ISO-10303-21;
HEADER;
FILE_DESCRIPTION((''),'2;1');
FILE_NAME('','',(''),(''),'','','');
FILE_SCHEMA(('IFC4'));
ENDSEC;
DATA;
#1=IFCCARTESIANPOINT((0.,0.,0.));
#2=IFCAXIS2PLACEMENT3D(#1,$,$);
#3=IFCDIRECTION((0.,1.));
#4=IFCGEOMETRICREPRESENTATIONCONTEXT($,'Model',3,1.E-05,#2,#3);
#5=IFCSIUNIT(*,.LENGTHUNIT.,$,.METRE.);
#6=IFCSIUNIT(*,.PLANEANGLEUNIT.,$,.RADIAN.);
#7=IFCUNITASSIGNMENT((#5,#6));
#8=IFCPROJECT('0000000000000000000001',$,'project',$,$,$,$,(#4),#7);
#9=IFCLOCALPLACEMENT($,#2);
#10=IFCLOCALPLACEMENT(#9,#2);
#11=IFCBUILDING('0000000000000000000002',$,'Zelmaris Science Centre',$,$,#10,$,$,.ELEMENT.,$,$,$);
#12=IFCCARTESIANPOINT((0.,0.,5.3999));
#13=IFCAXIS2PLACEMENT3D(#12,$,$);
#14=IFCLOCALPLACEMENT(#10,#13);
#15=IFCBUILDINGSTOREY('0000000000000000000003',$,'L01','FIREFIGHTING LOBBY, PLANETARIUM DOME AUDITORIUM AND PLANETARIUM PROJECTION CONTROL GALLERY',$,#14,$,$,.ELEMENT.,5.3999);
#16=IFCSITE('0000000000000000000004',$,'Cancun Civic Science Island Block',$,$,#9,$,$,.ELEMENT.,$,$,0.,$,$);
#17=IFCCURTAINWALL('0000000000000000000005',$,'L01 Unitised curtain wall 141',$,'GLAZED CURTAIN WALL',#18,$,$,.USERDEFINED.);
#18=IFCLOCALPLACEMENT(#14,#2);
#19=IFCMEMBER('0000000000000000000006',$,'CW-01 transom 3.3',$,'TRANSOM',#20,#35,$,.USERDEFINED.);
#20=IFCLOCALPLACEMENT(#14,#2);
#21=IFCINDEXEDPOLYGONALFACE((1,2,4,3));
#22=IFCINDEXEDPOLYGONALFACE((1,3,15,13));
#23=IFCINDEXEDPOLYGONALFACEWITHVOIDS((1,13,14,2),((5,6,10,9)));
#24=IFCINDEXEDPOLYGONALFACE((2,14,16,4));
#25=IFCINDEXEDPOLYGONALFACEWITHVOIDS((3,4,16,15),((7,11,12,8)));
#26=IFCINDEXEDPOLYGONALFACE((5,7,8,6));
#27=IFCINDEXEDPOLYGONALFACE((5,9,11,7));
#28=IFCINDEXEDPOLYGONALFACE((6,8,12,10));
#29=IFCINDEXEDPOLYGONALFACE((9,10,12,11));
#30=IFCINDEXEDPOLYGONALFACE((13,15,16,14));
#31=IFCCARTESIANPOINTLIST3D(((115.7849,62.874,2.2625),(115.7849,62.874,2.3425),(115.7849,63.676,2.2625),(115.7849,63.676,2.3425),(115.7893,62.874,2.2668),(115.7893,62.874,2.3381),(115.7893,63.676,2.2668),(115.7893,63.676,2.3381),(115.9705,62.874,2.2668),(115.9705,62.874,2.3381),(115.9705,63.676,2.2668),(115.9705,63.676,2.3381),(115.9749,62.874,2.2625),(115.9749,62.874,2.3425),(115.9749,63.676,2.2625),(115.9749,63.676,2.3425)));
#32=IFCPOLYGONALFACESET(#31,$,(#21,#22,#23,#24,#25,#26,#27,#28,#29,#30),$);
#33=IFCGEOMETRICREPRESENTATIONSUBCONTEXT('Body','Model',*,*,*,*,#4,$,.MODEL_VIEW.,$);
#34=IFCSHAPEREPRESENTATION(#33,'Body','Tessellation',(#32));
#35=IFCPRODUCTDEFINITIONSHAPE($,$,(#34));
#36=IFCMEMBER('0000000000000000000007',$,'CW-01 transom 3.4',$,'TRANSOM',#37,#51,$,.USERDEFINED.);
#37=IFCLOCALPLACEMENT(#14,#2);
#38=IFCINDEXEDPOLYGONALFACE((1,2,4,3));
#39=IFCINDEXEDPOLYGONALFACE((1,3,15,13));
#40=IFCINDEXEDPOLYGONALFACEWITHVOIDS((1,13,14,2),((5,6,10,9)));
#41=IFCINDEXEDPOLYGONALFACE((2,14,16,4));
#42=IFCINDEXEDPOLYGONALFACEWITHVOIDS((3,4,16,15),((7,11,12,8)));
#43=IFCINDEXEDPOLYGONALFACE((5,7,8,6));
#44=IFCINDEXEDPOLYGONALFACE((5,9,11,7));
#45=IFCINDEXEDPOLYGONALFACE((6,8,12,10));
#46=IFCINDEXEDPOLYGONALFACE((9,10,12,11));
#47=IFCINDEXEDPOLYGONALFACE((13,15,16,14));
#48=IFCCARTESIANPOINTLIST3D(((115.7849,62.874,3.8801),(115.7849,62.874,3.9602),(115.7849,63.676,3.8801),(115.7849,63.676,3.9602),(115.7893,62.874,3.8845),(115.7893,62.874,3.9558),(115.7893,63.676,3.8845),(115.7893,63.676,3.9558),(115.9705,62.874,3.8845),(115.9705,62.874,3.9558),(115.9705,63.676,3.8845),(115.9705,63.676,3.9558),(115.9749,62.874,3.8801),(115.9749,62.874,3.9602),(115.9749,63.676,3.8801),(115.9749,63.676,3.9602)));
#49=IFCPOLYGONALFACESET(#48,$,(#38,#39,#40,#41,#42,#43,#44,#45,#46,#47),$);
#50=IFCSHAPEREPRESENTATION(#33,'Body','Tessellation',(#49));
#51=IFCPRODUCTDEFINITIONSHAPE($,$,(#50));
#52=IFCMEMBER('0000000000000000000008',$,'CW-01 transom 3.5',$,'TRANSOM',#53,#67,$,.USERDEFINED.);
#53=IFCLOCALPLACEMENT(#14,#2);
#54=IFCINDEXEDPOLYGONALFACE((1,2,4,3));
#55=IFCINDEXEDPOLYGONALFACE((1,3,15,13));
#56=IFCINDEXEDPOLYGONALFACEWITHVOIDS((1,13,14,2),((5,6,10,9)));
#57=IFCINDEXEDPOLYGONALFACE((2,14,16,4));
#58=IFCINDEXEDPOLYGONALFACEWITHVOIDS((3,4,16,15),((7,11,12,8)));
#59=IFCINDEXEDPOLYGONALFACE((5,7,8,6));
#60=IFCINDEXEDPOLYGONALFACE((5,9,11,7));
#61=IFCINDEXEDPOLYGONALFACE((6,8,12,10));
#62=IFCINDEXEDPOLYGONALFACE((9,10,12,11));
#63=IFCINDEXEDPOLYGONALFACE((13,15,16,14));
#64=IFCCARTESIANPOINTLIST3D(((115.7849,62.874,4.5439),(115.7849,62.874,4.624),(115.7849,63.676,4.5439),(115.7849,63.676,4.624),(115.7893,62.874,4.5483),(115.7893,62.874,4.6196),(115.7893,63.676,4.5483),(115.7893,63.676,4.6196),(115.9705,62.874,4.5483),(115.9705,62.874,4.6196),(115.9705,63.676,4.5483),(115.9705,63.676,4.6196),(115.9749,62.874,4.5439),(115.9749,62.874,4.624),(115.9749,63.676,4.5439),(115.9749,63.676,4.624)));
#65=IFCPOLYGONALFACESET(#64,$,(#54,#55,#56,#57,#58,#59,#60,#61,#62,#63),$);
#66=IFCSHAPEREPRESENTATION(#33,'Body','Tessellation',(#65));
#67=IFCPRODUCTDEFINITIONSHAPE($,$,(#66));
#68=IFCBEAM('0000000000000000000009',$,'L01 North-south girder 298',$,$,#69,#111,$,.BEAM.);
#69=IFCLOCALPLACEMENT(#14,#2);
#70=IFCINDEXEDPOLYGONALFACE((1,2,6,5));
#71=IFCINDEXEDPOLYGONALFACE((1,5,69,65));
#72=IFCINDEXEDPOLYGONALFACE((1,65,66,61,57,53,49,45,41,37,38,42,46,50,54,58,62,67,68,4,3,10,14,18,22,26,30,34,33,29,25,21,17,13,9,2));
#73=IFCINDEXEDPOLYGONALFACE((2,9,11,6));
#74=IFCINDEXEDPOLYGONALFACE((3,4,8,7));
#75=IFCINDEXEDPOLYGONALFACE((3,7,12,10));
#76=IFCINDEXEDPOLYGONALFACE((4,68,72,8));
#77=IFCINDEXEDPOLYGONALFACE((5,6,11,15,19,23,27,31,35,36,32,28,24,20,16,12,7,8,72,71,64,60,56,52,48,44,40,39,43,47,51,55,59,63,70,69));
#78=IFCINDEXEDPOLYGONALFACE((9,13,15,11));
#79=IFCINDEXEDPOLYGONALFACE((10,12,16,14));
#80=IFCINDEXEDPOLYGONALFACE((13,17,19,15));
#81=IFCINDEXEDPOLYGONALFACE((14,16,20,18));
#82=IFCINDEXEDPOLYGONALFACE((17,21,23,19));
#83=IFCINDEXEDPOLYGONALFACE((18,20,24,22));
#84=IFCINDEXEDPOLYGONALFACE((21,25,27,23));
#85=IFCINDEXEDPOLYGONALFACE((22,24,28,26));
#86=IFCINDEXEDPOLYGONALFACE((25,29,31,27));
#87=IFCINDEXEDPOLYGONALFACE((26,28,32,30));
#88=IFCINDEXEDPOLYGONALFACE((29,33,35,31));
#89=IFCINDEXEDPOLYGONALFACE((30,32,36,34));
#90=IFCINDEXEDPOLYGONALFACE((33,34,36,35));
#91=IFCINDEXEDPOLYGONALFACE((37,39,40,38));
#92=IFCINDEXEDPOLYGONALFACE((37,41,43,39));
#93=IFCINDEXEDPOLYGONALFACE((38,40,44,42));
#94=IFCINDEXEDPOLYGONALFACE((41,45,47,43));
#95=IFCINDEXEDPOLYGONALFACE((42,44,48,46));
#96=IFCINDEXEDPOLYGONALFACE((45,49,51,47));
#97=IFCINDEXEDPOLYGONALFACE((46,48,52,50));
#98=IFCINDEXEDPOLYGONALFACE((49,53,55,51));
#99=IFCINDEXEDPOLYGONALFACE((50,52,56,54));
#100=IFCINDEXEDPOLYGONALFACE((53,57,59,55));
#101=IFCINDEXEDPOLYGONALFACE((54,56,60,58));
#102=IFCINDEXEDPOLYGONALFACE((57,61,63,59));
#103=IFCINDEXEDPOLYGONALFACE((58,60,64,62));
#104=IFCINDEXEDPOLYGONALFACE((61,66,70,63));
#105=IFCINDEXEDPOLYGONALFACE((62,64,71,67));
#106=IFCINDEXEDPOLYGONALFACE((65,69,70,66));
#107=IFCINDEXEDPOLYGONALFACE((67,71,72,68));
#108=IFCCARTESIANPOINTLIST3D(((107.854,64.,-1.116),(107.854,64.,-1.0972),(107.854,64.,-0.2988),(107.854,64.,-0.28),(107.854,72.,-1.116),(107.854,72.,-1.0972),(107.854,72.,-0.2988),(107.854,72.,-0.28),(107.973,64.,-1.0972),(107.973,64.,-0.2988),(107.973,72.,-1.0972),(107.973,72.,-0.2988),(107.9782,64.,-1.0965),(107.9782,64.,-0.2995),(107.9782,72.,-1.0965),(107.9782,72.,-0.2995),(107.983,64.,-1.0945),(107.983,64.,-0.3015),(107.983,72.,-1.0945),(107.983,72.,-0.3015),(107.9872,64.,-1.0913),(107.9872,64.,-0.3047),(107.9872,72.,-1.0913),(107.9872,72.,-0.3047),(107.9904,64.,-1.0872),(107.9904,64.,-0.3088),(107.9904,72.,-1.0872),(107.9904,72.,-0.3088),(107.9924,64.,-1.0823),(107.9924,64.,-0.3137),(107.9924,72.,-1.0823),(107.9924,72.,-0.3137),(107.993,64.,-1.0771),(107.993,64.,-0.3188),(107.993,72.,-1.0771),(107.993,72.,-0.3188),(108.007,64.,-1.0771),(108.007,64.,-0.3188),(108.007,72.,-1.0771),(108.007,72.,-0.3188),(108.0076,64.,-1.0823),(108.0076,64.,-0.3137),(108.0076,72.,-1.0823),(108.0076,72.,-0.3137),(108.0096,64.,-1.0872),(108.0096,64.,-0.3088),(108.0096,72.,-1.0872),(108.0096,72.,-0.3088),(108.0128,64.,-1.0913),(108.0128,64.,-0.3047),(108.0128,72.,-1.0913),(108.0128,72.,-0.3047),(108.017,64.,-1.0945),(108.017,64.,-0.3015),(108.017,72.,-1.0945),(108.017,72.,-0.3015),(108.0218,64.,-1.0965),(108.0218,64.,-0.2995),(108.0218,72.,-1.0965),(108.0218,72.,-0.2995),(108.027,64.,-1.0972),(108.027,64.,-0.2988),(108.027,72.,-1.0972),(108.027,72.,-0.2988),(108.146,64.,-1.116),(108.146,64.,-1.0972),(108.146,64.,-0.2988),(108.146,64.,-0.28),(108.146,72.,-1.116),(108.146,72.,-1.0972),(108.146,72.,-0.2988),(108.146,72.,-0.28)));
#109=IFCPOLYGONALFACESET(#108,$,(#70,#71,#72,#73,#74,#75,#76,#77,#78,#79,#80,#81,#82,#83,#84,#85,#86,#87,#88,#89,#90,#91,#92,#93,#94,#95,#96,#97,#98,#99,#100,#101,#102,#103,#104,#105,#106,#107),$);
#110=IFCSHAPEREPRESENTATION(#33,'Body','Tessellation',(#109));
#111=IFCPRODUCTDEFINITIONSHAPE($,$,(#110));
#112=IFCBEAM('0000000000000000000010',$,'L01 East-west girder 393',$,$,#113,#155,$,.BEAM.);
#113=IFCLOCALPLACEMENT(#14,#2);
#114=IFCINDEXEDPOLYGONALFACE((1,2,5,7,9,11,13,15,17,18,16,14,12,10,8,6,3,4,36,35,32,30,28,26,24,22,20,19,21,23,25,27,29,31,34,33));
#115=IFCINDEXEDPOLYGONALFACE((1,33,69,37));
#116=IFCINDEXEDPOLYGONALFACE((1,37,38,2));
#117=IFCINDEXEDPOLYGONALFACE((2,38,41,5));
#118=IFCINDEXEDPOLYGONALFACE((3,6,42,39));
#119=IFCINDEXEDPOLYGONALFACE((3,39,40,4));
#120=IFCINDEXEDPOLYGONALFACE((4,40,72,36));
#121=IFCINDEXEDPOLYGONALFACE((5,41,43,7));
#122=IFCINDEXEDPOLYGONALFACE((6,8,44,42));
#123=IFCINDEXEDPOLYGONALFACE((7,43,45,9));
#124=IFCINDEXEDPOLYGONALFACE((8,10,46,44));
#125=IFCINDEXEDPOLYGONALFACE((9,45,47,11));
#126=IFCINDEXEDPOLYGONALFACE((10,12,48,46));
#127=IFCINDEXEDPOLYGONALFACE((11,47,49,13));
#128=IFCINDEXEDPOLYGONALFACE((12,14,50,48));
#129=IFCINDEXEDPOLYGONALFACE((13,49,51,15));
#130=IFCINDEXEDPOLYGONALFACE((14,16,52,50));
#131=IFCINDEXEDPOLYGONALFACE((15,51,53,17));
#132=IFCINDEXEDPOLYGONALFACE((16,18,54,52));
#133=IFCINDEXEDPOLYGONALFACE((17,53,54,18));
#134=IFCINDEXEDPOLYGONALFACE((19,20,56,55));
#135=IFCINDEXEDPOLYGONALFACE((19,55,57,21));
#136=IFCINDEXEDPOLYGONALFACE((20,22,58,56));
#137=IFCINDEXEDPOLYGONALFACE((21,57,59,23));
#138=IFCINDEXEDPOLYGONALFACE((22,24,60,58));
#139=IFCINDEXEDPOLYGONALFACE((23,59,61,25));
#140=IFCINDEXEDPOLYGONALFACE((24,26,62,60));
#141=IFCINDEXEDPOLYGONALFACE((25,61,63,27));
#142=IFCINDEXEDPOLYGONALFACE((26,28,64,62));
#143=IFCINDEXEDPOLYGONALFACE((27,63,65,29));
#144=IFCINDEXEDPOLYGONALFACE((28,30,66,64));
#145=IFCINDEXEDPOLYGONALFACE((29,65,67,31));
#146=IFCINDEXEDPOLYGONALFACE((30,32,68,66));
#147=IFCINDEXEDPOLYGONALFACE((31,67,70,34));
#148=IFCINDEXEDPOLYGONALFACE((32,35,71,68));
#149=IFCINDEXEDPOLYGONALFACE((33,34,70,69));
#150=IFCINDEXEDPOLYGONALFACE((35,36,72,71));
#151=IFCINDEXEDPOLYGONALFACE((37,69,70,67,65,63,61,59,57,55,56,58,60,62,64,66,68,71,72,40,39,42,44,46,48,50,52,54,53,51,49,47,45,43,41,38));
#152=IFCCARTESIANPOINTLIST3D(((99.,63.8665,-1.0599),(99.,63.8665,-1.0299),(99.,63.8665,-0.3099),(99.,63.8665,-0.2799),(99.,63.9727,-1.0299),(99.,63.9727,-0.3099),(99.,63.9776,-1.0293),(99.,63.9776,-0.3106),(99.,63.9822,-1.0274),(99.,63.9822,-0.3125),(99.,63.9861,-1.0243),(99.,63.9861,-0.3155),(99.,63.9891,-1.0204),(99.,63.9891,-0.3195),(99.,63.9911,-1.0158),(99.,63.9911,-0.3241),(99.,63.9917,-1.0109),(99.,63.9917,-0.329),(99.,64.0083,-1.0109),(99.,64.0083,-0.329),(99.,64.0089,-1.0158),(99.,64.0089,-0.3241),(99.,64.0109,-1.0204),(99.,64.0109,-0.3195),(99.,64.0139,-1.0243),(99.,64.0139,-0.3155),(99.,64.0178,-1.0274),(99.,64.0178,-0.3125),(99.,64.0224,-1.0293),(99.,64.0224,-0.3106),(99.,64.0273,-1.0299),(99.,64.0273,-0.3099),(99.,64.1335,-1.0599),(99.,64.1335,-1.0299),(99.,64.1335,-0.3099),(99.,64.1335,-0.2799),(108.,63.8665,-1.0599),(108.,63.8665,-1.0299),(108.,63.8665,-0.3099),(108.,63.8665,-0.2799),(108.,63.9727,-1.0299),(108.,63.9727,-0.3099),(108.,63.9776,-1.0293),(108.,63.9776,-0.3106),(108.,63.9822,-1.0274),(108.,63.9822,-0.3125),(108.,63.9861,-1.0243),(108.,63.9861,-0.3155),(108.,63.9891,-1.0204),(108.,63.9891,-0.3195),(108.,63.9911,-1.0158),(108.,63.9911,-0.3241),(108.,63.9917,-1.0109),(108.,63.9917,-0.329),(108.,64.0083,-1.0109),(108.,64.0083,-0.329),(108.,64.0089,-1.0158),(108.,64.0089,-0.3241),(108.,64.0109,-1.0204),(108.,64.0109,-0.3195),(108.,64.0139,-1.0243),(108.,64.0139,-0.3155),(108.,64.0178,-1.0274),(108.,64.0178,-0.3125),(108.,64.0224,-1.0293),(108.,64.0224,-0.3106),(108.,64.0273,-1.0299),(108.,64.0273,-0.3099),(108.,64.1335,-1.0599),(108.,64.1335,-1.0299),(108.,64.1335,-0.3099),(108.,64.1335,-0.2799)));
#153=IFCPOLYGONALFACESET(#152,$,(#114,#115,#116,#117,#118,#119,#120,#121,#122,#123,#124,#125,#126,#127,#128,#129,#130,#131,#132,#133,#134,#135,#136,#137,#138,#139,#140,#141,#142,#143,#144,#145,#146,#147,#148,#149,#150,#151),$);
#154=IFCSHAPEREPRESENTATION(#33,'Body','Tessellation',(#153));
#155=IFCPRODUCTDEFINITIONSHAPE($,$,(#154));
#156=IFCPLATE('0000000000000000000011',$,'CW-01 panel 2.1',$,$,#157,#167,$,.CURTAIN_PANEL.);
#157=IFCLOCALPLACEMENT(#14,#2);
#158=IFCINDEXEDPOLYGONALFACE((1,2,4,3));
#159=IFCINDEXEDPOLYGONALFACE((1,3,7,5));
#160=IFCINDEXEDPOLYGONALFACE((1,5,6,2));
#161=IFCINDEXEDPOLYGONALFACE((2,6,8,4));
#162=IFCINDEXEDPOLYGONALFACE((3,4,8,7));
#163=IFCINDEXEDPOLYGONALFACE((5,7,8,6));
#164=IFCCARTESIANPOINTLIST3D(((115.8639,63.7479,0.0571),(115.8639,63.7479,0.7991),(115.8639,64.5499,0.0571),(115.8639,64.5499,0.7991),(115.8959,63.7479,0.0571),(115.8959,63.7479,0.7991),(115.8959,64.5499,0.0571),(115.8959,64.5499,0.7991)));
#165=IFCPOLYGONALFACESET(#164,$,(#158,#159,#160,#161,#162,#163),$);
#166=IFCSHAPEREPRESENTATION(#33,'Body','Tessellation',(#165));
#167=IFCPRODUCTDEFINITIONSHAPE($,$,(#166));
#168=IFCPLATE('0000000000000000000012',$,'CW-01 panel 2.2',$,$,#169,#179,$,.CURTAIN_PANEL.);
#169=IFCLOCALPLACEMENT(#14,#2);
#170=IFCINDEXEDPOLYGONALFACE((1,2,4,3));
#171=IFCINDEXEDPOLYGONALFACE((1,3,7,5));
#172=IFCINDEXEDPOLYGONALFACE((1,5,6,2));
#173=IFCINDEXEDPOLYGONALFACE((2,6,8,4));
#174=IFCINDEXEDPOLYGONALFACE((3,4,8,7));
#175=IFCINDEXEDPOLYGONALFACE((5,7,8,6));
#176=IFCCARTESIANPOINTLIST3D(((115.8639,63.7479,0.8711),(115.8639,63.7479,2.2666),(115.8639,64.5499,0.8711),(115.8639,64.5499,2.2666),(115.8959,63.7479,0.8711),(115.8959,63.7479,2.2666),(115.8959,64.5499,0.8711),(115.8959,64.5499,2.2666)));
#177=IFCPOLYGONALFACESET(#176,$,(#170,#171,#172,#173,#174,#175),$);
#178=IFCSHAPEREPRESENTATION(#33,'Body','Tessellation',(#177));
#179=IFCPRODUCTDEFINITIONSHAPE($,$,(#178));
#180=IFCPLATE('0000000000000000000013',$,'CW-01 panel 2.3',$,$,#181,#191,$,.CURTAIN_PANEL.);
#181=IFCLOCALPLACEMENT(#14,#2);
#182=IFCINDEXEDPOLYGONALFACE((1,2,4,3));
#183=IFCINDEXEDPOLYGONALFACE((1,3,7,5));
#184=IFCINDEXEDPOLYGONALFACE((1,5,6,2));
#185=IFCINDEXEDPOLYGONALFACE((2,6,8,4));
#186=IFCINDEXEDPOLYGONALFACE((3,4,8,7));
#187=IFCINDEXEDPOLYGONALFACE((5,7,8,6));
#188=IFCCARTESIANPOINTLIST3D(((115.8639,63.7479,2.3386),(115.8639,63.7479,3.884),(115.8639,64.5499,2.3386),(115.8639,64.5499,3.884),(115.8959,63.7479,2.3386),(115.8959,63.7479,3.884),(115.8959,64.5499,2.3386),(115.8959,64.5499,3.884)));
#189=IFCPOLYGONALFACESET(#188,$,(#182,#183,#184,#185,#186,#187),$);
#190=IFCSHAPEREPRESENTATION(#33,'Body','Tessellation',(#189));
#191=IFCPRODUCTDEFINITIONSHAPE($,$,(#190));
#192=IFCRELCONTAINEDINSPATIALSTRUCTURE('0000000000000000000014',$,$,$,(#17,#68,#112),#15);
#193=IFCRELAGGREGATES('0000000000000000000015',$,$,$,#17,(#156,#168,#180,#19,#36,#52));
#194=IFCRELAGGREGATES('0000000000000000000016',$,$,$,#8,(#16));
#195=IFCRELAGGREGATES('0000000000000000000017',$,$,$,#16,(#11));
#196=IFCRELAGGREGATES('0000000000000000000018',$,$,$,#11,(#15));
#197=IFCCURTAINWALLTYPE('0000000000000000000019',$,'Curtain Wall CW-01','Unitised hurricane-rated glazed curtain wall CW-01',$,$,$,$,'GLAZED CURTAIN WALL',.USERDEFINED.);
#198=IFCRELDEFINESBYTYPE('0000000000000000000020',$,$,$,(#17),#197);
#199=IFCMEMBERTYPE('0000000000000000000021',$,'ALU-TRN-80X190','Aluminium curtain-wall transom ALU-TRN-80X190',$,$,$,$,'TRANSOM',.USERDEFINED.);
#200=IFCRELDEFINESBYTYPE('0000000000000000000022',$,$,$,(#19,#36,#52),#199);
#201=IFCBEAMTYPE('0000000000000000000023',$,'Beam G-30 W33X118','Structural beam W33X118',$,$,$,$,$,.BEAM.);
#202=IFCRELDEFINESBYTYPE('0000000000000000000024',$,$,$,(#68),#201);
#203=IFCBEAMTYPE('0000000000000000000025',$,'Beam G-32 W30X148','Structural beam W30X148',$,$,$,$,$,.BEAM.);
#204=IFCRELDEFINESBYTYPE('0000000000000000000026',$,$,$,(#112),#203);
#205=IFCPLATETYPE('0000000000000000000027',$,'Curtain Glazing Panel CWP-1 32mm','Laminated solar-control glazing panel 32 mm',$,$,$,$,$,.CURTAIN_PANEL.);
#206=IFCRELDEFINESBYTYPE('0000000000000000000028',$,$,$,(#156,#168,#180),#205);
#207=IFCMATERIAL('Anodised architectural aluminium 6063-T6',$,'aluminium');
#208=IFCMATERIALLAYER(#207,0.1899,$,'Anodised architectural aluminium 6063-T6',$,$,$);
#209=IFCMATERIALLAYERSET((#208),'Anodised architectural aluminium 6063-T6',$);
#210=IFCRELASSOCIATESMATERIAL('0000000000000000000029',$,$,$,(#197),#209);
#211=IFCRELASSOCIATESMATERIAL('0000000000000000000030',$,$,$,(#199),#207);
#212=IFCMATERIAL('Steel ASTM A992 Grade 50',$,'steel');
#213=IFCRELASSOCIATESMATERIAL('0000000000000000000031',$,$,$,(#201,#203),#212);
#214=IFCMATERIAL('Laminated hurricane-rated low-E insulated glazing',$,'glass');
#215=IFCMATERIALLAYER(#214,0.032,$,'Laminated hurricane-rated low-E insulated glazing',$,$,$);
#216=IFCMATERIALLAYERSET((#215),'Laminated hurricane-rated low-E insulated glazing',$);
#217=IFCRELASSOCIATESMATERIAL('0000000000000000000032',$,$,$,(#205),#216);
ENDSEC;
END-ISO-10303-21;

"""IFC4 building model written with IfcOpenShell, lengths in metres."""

from ifc_helpers import new_model, si_unit, direction, frame, origin, origin_2d, place, context, subcontext, project, spatial, rectangle, hollow_rectangle, i_section, extrude, material, layer, layer_set, material_profile, profile_set, type_object, element, aggregate, save


model = new_model("IFC4")

# Units and contexts
model_context = context("Model", 3, precision=1e-05, world=origin(), true_north=direction((0.0, 1.0)))
body_context = subcontext(model_context, "Body", "Model", "MODEL_VIEW")
ifc_project = project(units=[si_unit("LENGTHUNIT", "METRE"), si_unit("PLANEANGLEUNIT", "RADIAN")], contexts=[model_context])

# Site, building, storey
site_placement = place(None, origin())
site = spatial("IfcSite", under=ifc_project, at=site_placement, Name="Cancun Civic Science Island Block", CompositionType="ELEMENT", RefElevation=0.0)
building_placement = place(site_placement, origin())
building = spatial("IfcBuilding", under=site, at=building_placement, Name="Zelmaris Science Centre", CompositionType="ELEMENT")
storey_placement = place(building_placement, frame((0.0, 0.0, 5.3999)))
storey = spatial("IfcBuildingStorey", under=building, at=storey_placement, Name="L01", Description="FIREFIGHTING LOBBY, PLANETARIUM DOME AUDITORIUM AND PLANETARIUM PROJECTION CONTROL GALLERY", CompositionType="ELEMENT", Elevation=5.3999)

# Shared definitions
ifc_material_1 = material(Name="Steel ASTM A992 Grade 50", Category="steel")

# Shared definitions
ifc_material_2 = material(Name="Anodised architectural aluminium 6063-T6", Category="aluminium")

# Curtain wall, members
ifc_layer_1 = layer(ifc_material_2, 0.1899, Name="Anodised architectural aluminium 6063-T6")
ifc_layer_set_1 = layer_set([ifc_layer_1], Name="Anodised architectural aluminium 6063-T6")
curtain_wall_type_1 = type_object("IfcCurtainWallType", Name="Curtain Wall CW-01", Description="Unitised hurricane-rated glazed curtain wall CW-01", ElementType="GLAZED CURTAIN WALL", PredefinedType="USERDEFINED", material=ifc_layer_set_1)
curtain_wall_1_placement = place(storey_placement, origin())
curtain_wall_1 = element("IfcCurtainWall", 1, at=curtain_wall_1_placement, inside=storey, type_object=curtain_wall_type_1, Name="L01 Unitised curtain wall 141", ObjectType="GLAZED CURTAIN WALL", PredefinedType="USERDEFINED")
ifc_material_profile_1 = material_profile(ifc_material_2, hollow_rectangle(XDim=0.0801, YDim=0.1899, WallThickness=0.0044, at=origin_2d()), Name="ALU-TRN-80X190")
ifc_profile_set_1 = profile_set([ifc_material_profile_1], Name="Anodised architectural aluminium 6063-T6")
member_type_1 = type_object("IfcMemberType", Name="ALU-TRN-80X190", Description="Aluminium curtain-wall transom ALU-TRN-80X190", ElementType="TRANSOM", PredefinedType="USERDEFINED", material=ifc_profile_set_1)
member_1_placement = place(storey_placement, frame((115.8799, 63.676, 2.3025), z_axis=(0.0, -1.0, 0.0), x_axis=(0.0, 0.0, 1.0)))
member_1 = element("IfcMember", 2, at=member_1_placement, type_object=member_type_1, Name="CW-01 transom 3.3", ObjectType="TRANSOM", PredefinedType="USERDEFINED", context=body_context, shape_type="SweptSolid", body=[
    extrude(hollow_rectangle(XDim=0.0801, YDim=0.1899, WallThickness=0.0044, at=origin_2d()), origin(), (0.0, 0.0, 1.0), 0.802),
])
member_2_placement = place(storey_placement, frame((115.8799, 63.676, 3.9202), z_axis=(0.0, -1.0, 0.0), x_axis=(0.0, 0.0, 1.0)))
member_2 = element("IfcMember", 3, at=member_2_placement, type_object=member_type_1, Name="CW-01 transom 3.4", ObjectType="TRANSOM", PredefinedType="USERDEFINED", context=body_context, shape_type="SweptSolid", body=[
    extrude(hollow_rectangle(XDim=0.0801, YDim=0.1899, WallThickness=0.0044, at=origin_2d()), origin(), (0.0, 0.0, 1.0), 0.802),
])
member_3_placement = place(storey_placement, frame((115.8799, 63.676, 4.584), z_axis=(0.0, -1.0, 0.0), x_axis=(0.0, 0.0, 1.0)))
member_3 = element("IfcMember", 4, at=member_3_placement, type_object=member_type_1, Name="CW-01 transom 3.5", ObjectType="TRANSOM", PredefinedType="USERDEFINED", context=body_context, shape_type="SweptSolid", body=[
    extrude(hollow_rectangle(XDim=0.0801, YDim=0.1899, WallThickness=0.0044, at=origin_2d()), origin(), (0.0, 0.0, 1.0), 0.802),
])

# Beams
ifc_material_profile_2 = material_profile(ifc_material_1, i_section(OverallWidth=0.292, OverallDepth=0.8359, WebThickness=0.0139, FlangeThickness=0.0188, FilletRadius=0.02, at=origin_2d()), Name="W33X118")
ifc_profile_set_2 = profile_set([ifc_material_profile_2], Name="Steel ASTM A992 Grade 50")
beam_type_1 = type_object("IfcBeamType", Name="Beam G-30 W33X118", Description="Structural beam W33X118", PredefinedType="BEAM", material=ifc_profile_set_2)
beam_1_placement = place(storey_placement, frame((108.0, 64.0, -0.698), z_axis=(0.0, 1.0, 0.0), x_axis=(-1.0, 0.0, 0.0)))
element("IfcBeam", 5, at=beam_1_placement, inside=storey, type_object=beam_type_1, Name="L01 North-south girder 298", PredefinedType="BEAM", context=body_context, shape_type="SweptSolid", body=[
    extrude(i_section(OverallWidth=0.292, OverallDepth=0.8359, WebThickness=0.0139, FlangeThickness=0.0188, FilletRadius=0.02, at=origin_2d()), origin(), (0.0, 0.0, 1.0), 8.0),
])
ifc_material_profile_3 = material_profile(ifc_material_1, i_section(OverallWidth=0.2671, OverallDepth=0.78, WebThickness=0.0166, FlangeThickness=0.03, FilletRadius=0.019, at=origin_2d()), Name="W30X148")
ifc_profile_set_3 = profile_set([ifc_material_profile_3], Name="Steel ASTM A992 Grade 50")
beam_type_2 = type_object("IfcBeamType", Name="Beam G-32 W30X148", Description="Structural beam W30X148", PredefinedType="BEAM", material=ifc_profile_set_3)
beam_2_placement = place(storey_placement, frame((99.0, 64.0, -0.6699), z_axis=(1.0, 0.0, 0.0), x_axis=(0.0, 1.0, 0.0)))
element("IfcBeam", 6, at=beam_2_placement, inside=storey, type_object=beam_type_2, Name="L01 East-west girder 393", PredefinedType="BEAM", context=body_context, shape_type="SweptSolid", body=[
    extrude(i_section(OverallWidth=0.2671, OverallDepth=0.78, WebThickness=0.0166, FlangeThickness=0.03, FilletRadius=0.019, at=origin_2d()), origin(), (0.0, 0.0, 1.0), 9.0),
])

# Plates
ifc_material_3 = material(Name="Laminated hurricane-rated low-E insulated glazing", Category="glass")
ifc_layer_2 = layer(ifc_material_3, 0.032, Name="Laminated hurricane-rated low-E insulated glazing")
ifc_layer_set_2 = layer_set([ifc_layer_2], Name="Laminated hurricane-rated low-E insulated glazing")
plate_type = type_object("IfcPlateType", Name="Curtain Glazing Panel CWP-1 32mm", Description="Laminated solar-control glazing panel 32 mm", PredefinedType="CURTAIN_PANEL", material=ifc_layer_set_2)
plate_1_placement = place(storey_placement, frame((115.8799, 64.1489, 0.0571), z_axis=(0.0, 0.0, 1.0), x_axis=(0.000023, -1.0, 0.0)))
plate_1 = element("IfcPlate", 7, at=plate_1_placement, type_object=plate_type, Name="CW-01 panel 2.1", PredefinedType="CURTAIN_PANEL", context=body_context, shape_type="SweptSolid", body=[
    extrude(rectangle(XDim=0.802, YDim=0.032, at=origin_2d()), origin(), (0.0, 0.0, 1.0), 0.7419),
])
plate_2_placement = place(storey_placement, frame((115.8799, 64.1489, 0.8711), z_axis=(0.0, 0.0, 1.0), x_axis=(0.000023, -1.0, 0.0)))
plate_2 = element("IfcPlate", 8, at=plate_2_placement, type_object=plate_type, Name="CW-01 panel 2.2", PredefinedType="CURTAIN_PANEL", context=body_context, shape_type="SweptSolid", body=[
    extrude(rectangle(XDim=0.802, YDim=0.032, at=origin_2d()), origin(), (0.0, 0.0, 1.0), 1.3955),
])
plate_3_placement = place(storey_placement, frame((115.8799, 64.1489, 2.3386), z_axis=(0.0, 0.0, 1.0), x_axis=(0.000023, -1.0, 0.0)))
plate_3 = element("IfcPlate", 9, at=plate_3_placement, type_object=plate_type, Name="CW-01 panel 2.3", PredefinedType="CURTAIN_PANEL", context=body_context, shape_type="SweptSolid", body=[
    extrude(rectangle(XDim=0.802, YDim=0.032, at=origin_2d()), origin(), (0.0, 0.0, 1.0), 1.5454),
])
aggregate(curtain_wall_1, [plate_1, plate_2, plate_3, member_1, member_2, member_3])

save(model, "model.ifc")
